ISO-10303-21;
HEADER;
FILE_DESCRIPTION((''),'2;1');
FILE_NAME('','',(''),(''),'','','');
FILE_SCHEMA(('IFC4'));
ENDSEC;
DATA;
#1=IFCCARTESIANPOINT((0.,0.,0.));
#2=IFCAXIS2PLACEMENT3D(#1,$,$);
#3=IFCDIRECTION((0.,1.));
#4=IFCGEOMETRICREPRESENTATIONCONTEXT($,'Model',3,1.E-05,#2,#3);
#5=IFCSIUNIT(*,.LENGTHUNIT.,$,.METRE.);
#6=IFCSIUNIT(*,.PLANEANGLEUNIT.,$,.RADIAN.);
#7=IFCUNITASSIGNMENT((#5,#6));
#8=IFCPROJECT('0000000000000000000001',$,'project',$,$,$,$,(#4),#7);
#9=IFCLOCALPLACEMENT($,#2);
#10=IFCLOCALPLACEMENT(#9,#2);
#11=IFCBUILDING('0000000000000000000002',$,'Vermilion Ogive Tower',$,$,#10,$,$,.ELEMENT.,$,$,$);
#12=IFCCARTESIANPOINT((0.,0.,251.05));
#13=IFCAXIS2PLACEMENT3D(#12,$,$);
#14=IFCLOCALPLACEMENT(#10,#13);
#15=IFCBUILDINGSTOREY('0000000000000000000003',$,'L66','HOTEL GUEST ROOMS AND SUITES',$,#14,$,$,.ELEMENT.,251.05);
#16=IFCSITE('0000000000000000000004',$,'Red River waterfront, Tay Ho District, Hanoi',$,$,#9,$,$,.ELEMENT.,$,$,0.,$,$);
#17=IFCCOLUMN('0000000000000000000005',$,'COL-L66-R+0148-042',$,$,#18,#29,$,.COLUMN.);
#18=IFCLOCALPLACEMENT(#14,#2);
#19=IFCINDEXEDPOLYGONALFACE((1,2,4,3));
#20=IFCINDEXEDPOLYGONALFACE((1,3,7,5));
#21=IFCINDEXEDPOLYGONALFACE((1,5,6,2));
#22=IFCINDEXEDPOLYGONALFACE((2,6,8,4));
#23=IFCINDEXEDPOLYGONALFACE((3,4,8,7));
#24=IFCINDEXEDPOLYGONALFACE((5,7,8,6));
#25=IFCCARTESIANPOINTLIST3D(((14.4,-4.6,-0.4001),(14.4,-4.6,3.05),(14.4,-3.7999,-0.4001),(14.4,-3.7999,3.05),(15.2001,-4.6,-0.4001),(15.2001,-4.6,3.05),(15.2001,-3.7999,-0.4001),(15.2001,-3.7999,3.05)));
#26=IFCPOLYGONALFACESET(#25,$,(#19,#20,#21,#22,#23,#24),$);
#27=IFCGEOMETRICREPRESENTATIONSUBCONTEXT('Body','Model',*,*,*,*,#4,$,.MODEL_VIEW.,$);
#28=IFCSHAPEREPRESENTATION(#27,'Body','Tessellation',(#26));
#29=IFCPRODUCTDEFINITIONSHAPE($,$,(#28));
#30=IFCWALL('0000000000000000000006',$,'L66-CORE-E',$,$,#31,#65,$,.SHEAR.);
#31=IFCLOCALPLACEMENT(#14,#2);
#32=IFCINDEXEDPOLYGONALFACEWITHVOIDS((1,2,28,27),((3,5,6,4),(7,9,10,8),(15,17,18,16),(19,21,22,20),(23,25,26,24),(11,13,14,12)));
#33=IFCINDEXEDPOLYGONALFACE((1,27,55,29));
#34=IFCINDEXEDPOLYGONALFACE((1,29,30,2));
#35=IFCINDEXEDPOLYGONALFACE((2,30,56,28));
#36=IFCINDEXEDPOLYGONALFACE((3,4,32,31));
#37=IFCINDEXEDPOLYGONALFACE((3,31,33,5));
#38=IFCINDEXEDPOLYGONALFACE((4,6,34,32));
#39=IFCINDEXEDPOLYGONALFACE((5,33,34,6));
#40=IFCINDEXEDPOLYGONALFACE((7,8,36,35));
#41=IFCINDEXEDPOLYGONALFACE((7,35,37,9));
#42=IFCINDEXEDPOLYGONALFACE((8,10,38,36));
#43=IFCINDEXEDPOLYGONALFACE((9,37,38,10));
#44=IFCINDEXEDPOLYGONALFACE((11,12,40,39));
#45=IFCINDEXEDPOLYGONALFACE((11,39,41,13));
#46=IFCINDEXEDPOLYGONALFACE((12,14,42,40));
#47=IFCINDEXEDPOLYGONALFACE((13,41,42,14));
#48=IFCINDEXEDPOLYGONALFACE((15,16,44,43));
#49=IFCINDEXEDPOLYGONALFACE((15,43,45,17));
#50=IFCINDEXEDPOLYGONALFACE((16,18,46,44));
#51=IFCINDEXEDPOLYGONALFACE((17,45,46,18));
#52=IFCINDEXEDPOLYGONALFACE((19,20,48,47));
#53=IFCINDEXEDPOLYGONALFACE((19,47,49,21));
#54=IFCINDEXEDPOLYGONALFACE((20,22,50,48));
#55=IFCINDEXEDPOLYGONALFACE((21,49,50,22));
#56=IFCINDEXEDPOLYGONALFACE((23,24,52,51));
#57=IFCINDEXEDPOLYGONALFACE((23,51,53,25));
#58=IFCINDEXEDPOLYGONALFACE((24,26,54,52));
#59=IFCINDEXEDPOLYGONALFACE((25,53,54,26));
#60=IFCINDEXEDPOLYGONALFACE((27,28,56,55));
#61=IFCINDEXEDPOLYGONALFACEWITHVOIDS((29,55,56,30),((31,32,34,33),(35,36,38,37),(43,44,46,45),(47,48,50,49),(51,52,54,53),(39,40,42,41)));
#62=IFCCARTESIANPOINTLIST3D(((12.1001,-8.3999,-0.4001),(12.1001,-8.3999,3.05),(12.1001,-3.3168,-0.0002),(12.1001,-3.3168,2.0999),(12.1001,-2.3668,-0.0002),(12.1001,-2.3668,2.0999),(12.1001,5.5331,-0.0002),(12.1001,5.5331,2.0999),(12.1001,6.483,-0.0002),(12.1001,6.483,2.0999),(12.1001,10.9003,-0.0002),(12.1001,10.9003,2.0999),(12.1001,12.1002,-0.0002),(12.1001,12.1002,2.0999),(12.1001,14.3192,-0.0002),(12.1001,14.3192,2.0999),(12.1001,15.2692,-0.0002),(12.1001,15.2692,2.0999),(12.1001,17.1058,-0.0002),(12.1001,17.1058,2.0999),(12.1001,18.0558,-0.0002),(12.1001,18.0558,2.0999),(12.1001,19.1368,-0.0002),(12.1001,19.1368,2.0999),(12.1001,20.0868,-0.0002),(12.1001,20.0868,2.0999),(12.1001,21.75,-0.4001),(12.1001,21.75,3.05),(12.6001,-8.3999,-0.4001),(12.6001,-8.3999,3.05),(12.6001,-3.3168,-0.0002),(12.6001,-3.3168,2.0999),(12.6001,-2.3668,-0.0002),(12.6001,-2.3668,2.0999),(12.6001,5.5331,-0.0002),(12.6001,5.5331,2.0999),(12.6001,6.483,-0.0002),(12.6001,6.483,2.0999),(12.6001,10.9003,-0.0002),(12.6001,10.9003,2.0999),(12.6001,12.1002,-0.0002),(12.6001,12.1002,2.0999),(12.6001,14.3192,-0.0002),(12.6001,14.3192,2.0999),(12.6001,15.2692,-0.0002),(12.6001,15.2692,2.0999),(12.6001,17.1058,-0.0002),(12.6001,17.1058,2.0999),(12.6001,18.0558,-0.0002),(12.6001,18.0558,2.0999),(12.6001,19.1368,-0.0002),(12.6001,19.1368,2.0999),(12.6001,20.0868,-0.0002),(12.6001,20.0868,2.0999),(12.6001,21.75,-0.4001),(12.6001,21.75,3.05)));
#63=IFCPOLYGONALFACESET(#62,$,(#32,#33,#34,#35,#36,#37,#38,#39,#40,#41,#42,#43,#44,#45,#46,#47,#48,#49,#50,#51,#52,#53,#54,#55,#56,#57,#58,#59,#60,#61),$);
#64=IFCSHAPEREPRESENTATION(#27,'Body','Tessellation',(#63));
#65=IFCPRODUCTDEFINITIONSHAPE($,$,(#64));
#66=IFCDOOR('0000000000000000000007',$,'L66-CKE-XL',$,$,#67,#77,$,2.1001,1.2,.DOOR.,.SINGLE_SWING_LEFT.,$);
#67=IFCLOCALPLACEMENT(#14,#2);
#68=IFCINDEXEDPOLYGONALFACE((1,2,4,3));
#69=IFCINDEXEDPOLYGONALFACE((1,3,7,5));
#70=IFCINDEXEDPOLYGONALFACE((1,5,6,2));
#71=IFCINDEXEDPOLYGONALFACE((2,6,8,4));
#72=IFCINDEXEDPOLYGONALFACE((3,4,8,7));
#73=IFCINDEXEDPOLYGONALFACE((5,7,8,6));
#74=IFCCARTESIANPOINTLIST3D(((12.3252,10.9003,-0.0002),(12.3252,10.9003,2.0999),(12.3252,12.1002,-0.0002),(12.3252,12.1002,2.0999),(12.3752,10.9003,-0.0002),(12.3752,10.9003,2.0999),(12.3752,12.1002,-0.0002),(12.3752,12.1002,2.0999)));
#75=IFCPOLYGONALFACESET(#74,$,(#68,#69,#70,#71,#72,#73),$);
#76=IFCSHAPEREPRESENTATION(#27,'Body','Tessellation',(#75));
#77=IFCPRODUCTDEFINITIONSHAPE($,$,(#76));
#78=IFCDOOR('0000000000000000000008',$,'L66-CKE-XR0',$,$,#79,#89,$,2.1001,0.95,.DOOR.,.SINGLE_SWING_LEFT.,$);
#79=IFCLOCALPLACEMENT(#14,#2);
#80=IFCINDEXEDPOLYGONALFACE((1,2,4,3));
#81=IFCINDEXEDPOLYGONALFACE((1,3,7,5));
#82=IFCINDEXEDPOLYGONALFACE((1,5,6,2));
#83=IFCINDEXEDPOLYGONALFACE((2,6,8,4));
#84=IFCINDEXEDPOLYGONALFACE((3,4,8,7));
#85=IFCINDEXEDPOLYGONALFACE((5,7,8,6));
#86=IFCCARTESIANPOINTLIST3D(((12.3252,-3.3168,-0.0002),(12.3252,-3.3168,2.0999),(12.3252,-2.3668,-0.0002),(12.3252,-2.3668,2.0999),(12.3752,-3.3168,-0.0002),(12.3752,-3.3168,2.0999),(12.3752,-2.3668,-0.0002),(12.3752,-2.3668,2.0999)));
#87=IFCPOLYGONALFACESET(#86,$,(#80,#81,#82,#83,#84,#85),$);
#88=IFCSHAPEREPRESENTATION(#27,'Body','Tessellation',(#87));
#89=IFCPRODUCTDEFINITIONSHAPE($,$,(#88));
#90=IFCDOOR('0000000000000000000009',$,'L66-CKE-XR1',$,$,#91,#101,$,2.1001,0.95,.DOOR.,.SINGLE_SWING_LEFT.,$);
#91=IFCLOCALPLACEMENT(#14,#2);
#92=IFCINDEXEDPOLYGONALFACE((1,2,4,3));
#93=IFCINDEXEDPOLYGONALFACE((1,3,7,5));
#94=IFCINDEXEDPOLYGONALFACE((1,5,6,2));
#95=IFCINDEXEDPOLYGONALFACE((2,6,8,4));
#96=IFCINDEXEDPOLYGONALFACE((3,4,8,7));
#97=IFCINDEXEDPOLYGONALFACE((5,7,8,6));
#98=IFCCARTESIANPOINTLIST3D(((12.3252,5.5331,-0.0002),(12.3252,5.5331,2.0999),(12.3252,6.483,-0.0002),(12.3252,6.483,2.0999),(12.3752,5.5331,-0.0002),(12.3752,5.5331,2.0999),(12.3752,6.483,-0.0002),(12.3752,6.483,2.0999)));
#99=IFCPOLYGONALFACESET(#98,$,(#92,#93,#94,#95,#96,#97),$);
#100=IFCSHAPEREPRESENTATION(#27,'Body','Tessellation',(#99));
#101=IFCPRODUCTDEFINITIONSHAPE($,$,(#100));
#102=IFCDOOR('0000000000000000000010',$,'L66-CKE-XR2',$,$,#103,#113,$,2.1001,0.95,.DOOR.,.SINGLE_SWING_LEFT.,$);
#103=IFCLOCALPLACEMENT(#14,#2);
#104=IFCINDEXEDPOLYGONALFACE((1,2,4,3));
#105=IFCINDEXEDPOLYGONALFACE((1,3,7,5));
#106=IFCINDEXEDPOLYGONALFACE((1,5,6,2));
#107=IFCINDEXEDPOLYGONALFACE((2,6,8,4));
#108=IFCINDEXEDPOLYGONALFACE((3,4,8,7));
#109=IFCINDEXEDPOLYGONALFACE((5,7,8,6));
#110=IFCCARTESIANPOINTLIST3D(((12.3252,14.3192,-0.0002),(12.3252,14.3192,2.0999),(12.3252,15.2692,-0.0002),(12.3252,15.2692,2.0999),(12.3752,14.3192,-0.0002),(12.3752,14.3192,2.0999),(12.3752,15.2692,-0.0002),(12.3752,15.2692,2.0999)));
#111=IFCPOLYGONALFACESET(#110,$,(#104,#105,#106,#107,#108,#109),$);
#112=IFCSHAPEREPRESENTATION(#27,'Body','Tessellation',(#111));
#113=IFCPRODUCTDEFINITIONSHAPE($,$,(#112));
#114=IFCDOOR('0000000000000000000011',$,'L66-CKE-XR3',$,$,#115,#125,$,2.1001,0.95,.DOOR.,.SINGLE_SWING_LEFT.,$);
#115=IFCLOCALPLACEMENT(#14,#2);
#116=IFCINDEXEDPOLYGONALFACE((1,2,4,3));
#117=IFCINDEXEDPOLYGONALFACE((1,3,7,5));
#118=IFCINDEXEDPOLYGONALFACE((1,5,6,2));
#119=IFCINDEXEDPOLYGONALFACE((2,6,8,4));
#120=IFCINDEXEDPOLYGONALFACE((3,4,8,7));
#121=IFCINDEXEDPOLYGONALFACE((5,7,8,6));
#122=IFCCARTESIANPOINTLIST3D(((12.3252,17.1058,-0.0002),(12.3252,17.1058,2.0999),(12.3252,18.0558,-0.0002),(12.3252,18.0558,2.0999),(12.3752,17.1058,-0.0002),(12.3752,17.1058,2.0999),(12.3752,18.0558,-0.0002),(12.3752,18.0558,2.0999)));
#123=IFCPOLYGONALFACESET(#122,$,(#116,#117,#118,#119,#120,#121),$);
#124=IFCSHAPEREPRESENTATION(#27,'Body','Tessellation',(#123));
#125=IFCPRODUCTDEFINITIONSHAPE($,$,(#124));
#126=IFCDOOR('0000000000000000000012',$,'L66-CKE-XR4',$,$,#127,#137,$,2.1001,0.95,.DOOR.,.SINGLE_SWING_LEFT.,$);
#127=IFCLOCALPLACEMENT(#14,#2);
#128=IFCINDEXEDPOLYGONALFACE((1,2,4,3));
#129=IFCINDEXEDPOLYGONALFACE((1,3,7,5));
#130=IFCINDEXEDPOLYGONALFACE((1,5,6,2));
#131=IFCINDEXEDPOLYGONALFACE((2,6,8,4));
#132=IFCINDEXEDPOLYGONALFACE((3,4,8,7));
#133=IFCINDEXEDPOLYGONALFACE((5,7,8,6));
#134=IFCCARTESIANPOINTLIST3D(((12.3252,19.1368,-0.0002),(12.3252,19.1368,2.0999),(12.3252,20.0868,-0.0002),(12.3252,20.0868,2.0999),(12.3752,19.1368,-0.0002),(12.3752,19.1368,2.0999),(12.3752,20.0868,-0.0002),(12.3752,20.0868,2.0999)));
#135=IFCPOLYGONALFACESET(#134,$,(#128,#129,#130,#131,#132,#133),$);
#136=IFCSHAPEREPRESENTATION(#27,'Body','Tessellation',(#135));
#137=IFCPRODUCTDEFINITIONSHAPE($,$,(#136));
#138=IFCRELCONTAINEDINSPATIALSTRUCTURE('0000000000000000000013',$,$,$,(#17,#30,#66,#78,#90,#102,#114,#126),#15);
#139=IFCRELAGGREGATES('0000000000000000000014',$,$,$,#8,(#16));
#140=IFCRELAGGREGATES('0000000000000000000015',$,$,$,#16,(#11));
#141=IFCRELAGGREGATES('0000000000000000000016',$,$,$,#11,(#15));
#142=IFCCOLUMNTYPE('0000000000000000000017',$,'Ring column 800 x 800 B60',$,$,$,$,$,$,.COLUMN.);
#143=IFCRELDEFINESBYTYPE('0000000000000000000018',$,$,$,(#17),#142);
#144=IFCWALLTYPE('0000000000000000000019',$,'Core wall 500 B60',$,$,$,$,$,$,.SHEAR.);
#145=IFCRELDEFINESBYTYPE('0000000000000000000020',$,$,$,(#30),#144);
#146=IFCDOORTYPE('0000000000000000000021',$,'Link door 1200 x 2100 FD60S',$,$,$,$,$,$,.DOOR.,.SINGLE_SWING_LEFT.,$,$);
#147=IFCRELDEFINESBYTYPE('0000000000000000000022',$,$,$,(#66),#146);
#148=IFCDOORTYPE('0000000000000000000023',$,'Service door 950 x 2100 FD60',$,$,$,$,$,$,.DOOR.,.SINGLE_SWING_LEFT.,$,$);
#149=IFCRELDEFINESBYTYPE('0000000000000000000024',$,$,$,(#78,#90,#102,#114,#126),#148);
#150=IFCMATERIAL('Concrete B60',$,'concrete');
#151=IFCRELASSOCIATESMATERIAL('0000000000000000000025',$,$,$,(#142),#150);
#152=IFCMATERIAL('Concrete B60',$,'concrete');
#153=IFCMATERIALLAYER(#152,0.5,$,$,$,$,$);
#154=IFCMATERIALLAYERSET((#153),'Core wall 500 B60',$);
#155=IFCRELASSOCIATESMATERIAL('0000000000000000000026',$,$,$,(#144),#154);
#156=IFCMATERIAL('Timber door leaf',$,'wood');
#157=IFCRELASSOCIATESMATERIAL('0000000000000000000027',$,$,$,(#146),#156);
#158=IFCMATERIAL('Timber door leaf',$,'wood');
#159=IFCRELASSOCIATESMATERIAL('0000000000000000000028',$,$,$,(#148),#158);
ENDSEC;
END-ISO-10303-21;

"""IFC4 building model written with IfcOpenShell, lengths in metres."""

from ifc_helpers import new_model, si_unit, direction, frame, frame_2d, origin, origin_2d, place, context, subcontext, project, spatial, rectangle, extrude, material, layer, layer_set, material_profile, profile_set, type_object, element, fill, save


model = new_model("IFC4")

# Units and contexts
model_context = context("Model", 3, precision=1e-05, world=origin(), true_north=direction((0.0, 1.0)))
body_context = subcontext(model_context, "Body", "Model", "MODEL_VIEW")
ifc_project = project(units=[si_unit("LENGTHUNIT", "METRE"), si_unit("PLANEANGLEUNIT", "RADIAN")], contexts=[model_context])

# Site, building, storey
site_placement = place(None, origin())
site = spatial("IfcSite", under=ifc_project, at=site_placement, Name="Red River waterfront, Tay Ho District, Hanoi", CompositionType="ELEMENT", RefElevation=0.0)
building_placement = place(site_placement, origin())
building = spatial("IfcBuilding", under=site, at=building_placement, Name="Vermilion Ogive Tower", CompositionType="ELEMENT")
storey_placement = place(building_placement, frame((0.0, 0.0, 251.05)))
storey = spatial("IfcBuildingStorey", under=building, at=storey_placement, Name="L66", Description="HOTEL GUEST ROOMS AND SUITES", CompositionType="ELEMENT", Elevation=251.05)

# Column
ifc_material_1 = material(Name="Concrete B60", Category="concrete")
ifc_material_profile = material_profile(ifc_material_1, rectangle(XDim=0.8, YDim=0.8, at=origin_2d()), Name="800 x 800")
ifc_profile_set = profile_set([ifc_material_profile], Name="Concrete B60")
column_type = type_object("IfcColumnType", Name="Ring column 800 x 800 B60", PredefinedType="COLUMN", material=ifc_profile_set)
column_placement = place(storey_placement, frame((14.8, -4.2, -0.4001), z_axis=(0.0, 0.0, 1.0), x_axis=(1.0, 0.0, 0.0)))
element("IfcColumn", 1, at=column_placement, inside=storey, type_object=column_type, Name="COL-L66-R+0148-042", PredefinedType="COLUMN", context=body_context, shape_type="SweptSolid", body=[
    extrude(rectangle(XDim=0.8, YDim=0.8, at=origin_2d()), origin(), (0.0, 0.0, 1.0), 3.4502),
])

# Wall, openings, doors
ifc_material_2 = material(Name="Concrete B60", Category="concrete")
ifc_layer_1 = layer(ifc_material_2, 0.5)
ifc_layer_set_1 = layer_set([ifc_layer_1], Name="Core wall 500 B60")
wall_type_1 = type_object("IfcWallType", Name="Core wall 500 B60", PredefinedType="SHEAR", material=ifc_layer_set_1)
wall_1_placement = place(storey_placement, frame((12.3501, -8.3999, -0.4001), z_axis=(0.0, 0.0, 1.0), x_axis=(0.0, 1.0, 0.0)))
wall_1 = element("IfcWall", 2, at=wall_1_placement, inside=storey, type_object=wall_type_1, Name="L66-CORE-E", PredefinedType="SHEAR", context=body_context, shape_type="SweptSolid", body=[
    extrude(rectangle(XDim=30.1499, YDim=0.5, at=frame_2d((15.075, 0.0))), origin(), (0.0, 0.0, 1.0), 3.4502),
])
opening_1_placement = place(wall_1_placement, frame((5.083, 0.0, 0.3999)))
opening_1 = element("IfcOpeningElement", 3, at=opening_1_placement, cuts=wall_1, PredefinedType="OPENING", context=body_context, shape_type="SweptSolid", body=[
    extrude(rectangle(XDim=0.95, YDim=2.1001, at=frame_2d((0.4751, 1.05))), frame((0.0, 0.26, 0.0), z_axis=(0.0, -1.0, 0.0), x_axis=(1.0, 0.0, 0.0)), (0.0, 0.0, 1.0), 0.52),
])
opening_2_placement = place(wall_1_placement, frame((13.9329, 0.0, 0.3999)))
opening_2 = element("IfcOpeningElement", 4, at=opening_2_placement, cuts=wall_1, PredefinedType="OPENING", context=body_context, shape_type="SweptSolid", body=[
    extrude(rectangle(XDim=0.95, YDim=2.1001, at=frame_2d((0.4751, 1.05))), frame((0.0, 0.26, 0.0), z_axis=(0.0, -1.0, 0.0), x_axis=(1.0, 0.0, 0.0)), (0.0, 0.0, 1.0), 0.52),
])
opening_3_placement = place(wall_1_placement, frame((22.719, 0.0, 0.3999)))
opening_3 = element("IfcOpeningElement", 5, at=opening_3_placement, cuts=wall_1, PredefinedType="OPENING", context=body_context, shape_type="SweptSolid", body=[
    extrude(rectangle(XDim=0.95, YDim=2.1001, at=frame_2d((0.4751, 1.05))), frame((0.0, 0.26, 0.0), z_axis=(0.0, -1.0, 0.0), x_axis=(1.0, 0.0, 0.0)), (0.0, 0.0, 1.0), 0.52),
])
opening_4_placement = place(wall_1_placement, frame((25.5056, 0.0, 0.3999)))
opening_4 = element("IfcOpeningElement", 6, at=opening_4_placement, cuts=wall_1, PredefinedType="OPENING", context=body_context, shape_type="SweptSolid", body=[
    extrude(rectangle(XDim=0.95, YDim=2.1001, at=frame_2d((0.4751, 1.05))), frame((0.0, 0.26, 0.0), z_axis=(0.0, -1.0, 0.0), x_axis=(1.0, 0.0, 0.0)), (0.0, 0.0, 1.0), 0.52),
])
opening_5_placement = place(wall_1_placement, frame((27.5366, 0.0, 0.3999)))
opening_5 = element("IfcOpeningElement", 7, at=opening_5_placement, cuts=wall_1, PredefinedType="OPENING", context=body_context, shape_type="SweptSolid", body=[
    extrude(rectangle(XDim=0.95, YDim=2.1001, at=frame_2d((0.4751, 1.05))), frame((0.0, 0.26, 0.0), z_axis=(0.0, -1.0, 0.0), x_axis=(1.0, 0.0, 0.0)), (0.0, 0.0, 1.0), 0.52),
])
opening_6_placement = place(wall_1_placement, frame((19.3, 0.0, 0.3999)))
opening_6 = element("IfcOpeningElement", 8, at=opening_6_placement, cuts=wall_1, PredefinedType="OPENING", context=body_context, shape_type="SweptSolid", body=[
    extrude(rectangle(XDim=1.2, YDim=2.1001, at=frame_2d((0.6001, 1.05))), frame((0.0, 0.26, 0.0), z_axis=(0.0, -1.0, 0.0), x_axis=(1.0, 0.0, 0.0)), (0.0, 0.0, 1.0), 0.52),
])
ifc_material_3 = material(Name="Timber door leaf", Category="wood")
door_type_1 = type_object("IfcDoorType", Name="Link door 1200 x 2100 FD60S", OperationType="SINGLE_SWING_LEFT", PredefinedType="DOOR", material=ifc_material_3)
door_1_placement = place(opening_6_placement, origin())
door_1 = element("IfcDoor", 9, at=door_1_placement, inside=storey, type_object=door_type_1, Name="L66-CKE-XL", OperationType="SINGLE_SWING_LEFT", OverallHeight=2.1001, OverallWidth=1.2, PredefinedType="DOOR", context=body_context, shape_type="SweptSolid", body=[
    extrude(rectangle(XDim=1.2, YDim=2.1001, at=frame_2d((0.6001, 1.05))), frame((0.0, 0.0249, 0.0), z_axis=(0.0, -1.0, 0.0), x_axis=(1.0, 0.0, 0.0)), (0.0, 0.0, 1.0), 0.05),
])
fill(opening_6, door_1)
ifc_material_4 = material(Name="Timber door leaf", Category="wood")
door_type_2 = type_object("IfcDoorType", Name="Service door 950 x 2100 FD60", OperationType="SINGLE_SWING_LEFT", PredefinedType="DOOR", material=ifc_material_4)
door_2_placement = place(opening_1_placement, origin())
door_2 = element("IfcDoor", 10, at=door_2_placement, inside=storey, type_object=door_type_2, Name="L66-CKE-XR0", OperationType="SINGLE_SWING_LEFT", OverallHeight=2.1001, OverallWidth=0.95, PredefinedType="DOOR", context=body_context, shape_type="SweptSolid", body=[
    extrude(rectangle(XDim=0.95, YDim=2.1001, at=frame_2d((0.4751, 1.05))), frame((0.0, 0.0249, 0.0), z_axis=(0.0, -1.0, 0.0), x_axis=(1.0, 0.0, 0.0)), (0.0, 0.0, 1.0), 0.05),
])
fill(opening_1, door_2)
door_3_placement = place(opening_2_placement, origin())
door_3 = element("IfcDoor", 11, at=door_3_placement, inside=storey, type_object=door_type_2, Name="L66-CKE-XR1", OperationType="SINGLE_SWING_LEFT", OverallHeight=2.1001, OverallWidth=0.95, PredefinedType="DOOR", context=body_context, shape_type="SweptSolid", body=[
    extrude(rectangle(XDim=0.95, YDim=2.1001, at=frame_2d((0.4751, 1.05))), frame((0.0, 0.0249, 0.0), z_axis=(0.0, -1.0, 0.0), x_axis=(1.0, 0.0, 0.0)), (0.0, 0.0, 1.0), 0.05),
])
fill(opening_2, door_3)
door_4_placement = place(opening_3_placement, origin())
door_4 = element("IfcDoor", 12, at=door_4_placement, inside=storey, type_object=door_type_2, Name="L66-CKE-XR2", OperationType="SINGLE_SWING_LEFT", OverallHeight=2.1001, OverallWidth=0.95, PredefinedType="DOOR", context=body_context, shape_type="SweptSolid", body=[
    extrude(rectangle(XDim=0.95, YDim=2.1001, at=frame_2d((0.4751, 1.05))), frame((0.0, 0.0249, 0.0), z_axis=(0.0, -1.0, 0.0), x_axis=(1.0, 0.0, 0.0)), (0.0, 0.0, 1.0), 0.05),
])
fill(opening_3, door_4)
door_5_placement = place(opening_4_placement, origin())
door_5 = element("IfcDoor", 13, at=door_5_placement, inside=storey, type_object=door_type_2, Name="L66-CKE-XR3", OperationType="SINGLE_SWING_LEFT", OverallHeight=2.1001, OverallWidth=0.95, PredefinedType="DOOR", context=body_context, shape_type="SweptSolid", body=[
    extrude(rectangle(XDim=0.95, YDim=2.1001, at=frame_2d((0.4751, 1.05))), frame((0.0, 0.0249, 0.0), z_axis=(0.0, -1.0, 0.0), x_axis=(1.0, 0.0, 0.0)), (0.0, 0.0, 1.0), 0.05),
])
fill(opening_4, door_5)
door_6_placement = place(opening_5_placement, origin())
door_6 = element("IfcDoor", 14, at=door_6_placement, inside=storey, type_object=door_type_2, Name="L66-CKE-XR4", OperationType="SINGLE_SWING_LEFT", OverallHeight=2.1001, OverallWidth=0.95, PredefinedType="DOOR", context=body_context, shape_type="SweptSolid", body=[
    extrude(rectangle(XDim=0.95, YDim=2.1001, at=frame_2d((0.4751, 1.05))), frame((0.0, 0.0249, 0.0), z_axis=(0.0, -1.0, 0.0), x_axis=(1.0, 0.0, 0.0)), (0.0, 0.0, 1.0), 0.05),
])
fill(opening_5, door_6)

save(model, "model.ifc")
